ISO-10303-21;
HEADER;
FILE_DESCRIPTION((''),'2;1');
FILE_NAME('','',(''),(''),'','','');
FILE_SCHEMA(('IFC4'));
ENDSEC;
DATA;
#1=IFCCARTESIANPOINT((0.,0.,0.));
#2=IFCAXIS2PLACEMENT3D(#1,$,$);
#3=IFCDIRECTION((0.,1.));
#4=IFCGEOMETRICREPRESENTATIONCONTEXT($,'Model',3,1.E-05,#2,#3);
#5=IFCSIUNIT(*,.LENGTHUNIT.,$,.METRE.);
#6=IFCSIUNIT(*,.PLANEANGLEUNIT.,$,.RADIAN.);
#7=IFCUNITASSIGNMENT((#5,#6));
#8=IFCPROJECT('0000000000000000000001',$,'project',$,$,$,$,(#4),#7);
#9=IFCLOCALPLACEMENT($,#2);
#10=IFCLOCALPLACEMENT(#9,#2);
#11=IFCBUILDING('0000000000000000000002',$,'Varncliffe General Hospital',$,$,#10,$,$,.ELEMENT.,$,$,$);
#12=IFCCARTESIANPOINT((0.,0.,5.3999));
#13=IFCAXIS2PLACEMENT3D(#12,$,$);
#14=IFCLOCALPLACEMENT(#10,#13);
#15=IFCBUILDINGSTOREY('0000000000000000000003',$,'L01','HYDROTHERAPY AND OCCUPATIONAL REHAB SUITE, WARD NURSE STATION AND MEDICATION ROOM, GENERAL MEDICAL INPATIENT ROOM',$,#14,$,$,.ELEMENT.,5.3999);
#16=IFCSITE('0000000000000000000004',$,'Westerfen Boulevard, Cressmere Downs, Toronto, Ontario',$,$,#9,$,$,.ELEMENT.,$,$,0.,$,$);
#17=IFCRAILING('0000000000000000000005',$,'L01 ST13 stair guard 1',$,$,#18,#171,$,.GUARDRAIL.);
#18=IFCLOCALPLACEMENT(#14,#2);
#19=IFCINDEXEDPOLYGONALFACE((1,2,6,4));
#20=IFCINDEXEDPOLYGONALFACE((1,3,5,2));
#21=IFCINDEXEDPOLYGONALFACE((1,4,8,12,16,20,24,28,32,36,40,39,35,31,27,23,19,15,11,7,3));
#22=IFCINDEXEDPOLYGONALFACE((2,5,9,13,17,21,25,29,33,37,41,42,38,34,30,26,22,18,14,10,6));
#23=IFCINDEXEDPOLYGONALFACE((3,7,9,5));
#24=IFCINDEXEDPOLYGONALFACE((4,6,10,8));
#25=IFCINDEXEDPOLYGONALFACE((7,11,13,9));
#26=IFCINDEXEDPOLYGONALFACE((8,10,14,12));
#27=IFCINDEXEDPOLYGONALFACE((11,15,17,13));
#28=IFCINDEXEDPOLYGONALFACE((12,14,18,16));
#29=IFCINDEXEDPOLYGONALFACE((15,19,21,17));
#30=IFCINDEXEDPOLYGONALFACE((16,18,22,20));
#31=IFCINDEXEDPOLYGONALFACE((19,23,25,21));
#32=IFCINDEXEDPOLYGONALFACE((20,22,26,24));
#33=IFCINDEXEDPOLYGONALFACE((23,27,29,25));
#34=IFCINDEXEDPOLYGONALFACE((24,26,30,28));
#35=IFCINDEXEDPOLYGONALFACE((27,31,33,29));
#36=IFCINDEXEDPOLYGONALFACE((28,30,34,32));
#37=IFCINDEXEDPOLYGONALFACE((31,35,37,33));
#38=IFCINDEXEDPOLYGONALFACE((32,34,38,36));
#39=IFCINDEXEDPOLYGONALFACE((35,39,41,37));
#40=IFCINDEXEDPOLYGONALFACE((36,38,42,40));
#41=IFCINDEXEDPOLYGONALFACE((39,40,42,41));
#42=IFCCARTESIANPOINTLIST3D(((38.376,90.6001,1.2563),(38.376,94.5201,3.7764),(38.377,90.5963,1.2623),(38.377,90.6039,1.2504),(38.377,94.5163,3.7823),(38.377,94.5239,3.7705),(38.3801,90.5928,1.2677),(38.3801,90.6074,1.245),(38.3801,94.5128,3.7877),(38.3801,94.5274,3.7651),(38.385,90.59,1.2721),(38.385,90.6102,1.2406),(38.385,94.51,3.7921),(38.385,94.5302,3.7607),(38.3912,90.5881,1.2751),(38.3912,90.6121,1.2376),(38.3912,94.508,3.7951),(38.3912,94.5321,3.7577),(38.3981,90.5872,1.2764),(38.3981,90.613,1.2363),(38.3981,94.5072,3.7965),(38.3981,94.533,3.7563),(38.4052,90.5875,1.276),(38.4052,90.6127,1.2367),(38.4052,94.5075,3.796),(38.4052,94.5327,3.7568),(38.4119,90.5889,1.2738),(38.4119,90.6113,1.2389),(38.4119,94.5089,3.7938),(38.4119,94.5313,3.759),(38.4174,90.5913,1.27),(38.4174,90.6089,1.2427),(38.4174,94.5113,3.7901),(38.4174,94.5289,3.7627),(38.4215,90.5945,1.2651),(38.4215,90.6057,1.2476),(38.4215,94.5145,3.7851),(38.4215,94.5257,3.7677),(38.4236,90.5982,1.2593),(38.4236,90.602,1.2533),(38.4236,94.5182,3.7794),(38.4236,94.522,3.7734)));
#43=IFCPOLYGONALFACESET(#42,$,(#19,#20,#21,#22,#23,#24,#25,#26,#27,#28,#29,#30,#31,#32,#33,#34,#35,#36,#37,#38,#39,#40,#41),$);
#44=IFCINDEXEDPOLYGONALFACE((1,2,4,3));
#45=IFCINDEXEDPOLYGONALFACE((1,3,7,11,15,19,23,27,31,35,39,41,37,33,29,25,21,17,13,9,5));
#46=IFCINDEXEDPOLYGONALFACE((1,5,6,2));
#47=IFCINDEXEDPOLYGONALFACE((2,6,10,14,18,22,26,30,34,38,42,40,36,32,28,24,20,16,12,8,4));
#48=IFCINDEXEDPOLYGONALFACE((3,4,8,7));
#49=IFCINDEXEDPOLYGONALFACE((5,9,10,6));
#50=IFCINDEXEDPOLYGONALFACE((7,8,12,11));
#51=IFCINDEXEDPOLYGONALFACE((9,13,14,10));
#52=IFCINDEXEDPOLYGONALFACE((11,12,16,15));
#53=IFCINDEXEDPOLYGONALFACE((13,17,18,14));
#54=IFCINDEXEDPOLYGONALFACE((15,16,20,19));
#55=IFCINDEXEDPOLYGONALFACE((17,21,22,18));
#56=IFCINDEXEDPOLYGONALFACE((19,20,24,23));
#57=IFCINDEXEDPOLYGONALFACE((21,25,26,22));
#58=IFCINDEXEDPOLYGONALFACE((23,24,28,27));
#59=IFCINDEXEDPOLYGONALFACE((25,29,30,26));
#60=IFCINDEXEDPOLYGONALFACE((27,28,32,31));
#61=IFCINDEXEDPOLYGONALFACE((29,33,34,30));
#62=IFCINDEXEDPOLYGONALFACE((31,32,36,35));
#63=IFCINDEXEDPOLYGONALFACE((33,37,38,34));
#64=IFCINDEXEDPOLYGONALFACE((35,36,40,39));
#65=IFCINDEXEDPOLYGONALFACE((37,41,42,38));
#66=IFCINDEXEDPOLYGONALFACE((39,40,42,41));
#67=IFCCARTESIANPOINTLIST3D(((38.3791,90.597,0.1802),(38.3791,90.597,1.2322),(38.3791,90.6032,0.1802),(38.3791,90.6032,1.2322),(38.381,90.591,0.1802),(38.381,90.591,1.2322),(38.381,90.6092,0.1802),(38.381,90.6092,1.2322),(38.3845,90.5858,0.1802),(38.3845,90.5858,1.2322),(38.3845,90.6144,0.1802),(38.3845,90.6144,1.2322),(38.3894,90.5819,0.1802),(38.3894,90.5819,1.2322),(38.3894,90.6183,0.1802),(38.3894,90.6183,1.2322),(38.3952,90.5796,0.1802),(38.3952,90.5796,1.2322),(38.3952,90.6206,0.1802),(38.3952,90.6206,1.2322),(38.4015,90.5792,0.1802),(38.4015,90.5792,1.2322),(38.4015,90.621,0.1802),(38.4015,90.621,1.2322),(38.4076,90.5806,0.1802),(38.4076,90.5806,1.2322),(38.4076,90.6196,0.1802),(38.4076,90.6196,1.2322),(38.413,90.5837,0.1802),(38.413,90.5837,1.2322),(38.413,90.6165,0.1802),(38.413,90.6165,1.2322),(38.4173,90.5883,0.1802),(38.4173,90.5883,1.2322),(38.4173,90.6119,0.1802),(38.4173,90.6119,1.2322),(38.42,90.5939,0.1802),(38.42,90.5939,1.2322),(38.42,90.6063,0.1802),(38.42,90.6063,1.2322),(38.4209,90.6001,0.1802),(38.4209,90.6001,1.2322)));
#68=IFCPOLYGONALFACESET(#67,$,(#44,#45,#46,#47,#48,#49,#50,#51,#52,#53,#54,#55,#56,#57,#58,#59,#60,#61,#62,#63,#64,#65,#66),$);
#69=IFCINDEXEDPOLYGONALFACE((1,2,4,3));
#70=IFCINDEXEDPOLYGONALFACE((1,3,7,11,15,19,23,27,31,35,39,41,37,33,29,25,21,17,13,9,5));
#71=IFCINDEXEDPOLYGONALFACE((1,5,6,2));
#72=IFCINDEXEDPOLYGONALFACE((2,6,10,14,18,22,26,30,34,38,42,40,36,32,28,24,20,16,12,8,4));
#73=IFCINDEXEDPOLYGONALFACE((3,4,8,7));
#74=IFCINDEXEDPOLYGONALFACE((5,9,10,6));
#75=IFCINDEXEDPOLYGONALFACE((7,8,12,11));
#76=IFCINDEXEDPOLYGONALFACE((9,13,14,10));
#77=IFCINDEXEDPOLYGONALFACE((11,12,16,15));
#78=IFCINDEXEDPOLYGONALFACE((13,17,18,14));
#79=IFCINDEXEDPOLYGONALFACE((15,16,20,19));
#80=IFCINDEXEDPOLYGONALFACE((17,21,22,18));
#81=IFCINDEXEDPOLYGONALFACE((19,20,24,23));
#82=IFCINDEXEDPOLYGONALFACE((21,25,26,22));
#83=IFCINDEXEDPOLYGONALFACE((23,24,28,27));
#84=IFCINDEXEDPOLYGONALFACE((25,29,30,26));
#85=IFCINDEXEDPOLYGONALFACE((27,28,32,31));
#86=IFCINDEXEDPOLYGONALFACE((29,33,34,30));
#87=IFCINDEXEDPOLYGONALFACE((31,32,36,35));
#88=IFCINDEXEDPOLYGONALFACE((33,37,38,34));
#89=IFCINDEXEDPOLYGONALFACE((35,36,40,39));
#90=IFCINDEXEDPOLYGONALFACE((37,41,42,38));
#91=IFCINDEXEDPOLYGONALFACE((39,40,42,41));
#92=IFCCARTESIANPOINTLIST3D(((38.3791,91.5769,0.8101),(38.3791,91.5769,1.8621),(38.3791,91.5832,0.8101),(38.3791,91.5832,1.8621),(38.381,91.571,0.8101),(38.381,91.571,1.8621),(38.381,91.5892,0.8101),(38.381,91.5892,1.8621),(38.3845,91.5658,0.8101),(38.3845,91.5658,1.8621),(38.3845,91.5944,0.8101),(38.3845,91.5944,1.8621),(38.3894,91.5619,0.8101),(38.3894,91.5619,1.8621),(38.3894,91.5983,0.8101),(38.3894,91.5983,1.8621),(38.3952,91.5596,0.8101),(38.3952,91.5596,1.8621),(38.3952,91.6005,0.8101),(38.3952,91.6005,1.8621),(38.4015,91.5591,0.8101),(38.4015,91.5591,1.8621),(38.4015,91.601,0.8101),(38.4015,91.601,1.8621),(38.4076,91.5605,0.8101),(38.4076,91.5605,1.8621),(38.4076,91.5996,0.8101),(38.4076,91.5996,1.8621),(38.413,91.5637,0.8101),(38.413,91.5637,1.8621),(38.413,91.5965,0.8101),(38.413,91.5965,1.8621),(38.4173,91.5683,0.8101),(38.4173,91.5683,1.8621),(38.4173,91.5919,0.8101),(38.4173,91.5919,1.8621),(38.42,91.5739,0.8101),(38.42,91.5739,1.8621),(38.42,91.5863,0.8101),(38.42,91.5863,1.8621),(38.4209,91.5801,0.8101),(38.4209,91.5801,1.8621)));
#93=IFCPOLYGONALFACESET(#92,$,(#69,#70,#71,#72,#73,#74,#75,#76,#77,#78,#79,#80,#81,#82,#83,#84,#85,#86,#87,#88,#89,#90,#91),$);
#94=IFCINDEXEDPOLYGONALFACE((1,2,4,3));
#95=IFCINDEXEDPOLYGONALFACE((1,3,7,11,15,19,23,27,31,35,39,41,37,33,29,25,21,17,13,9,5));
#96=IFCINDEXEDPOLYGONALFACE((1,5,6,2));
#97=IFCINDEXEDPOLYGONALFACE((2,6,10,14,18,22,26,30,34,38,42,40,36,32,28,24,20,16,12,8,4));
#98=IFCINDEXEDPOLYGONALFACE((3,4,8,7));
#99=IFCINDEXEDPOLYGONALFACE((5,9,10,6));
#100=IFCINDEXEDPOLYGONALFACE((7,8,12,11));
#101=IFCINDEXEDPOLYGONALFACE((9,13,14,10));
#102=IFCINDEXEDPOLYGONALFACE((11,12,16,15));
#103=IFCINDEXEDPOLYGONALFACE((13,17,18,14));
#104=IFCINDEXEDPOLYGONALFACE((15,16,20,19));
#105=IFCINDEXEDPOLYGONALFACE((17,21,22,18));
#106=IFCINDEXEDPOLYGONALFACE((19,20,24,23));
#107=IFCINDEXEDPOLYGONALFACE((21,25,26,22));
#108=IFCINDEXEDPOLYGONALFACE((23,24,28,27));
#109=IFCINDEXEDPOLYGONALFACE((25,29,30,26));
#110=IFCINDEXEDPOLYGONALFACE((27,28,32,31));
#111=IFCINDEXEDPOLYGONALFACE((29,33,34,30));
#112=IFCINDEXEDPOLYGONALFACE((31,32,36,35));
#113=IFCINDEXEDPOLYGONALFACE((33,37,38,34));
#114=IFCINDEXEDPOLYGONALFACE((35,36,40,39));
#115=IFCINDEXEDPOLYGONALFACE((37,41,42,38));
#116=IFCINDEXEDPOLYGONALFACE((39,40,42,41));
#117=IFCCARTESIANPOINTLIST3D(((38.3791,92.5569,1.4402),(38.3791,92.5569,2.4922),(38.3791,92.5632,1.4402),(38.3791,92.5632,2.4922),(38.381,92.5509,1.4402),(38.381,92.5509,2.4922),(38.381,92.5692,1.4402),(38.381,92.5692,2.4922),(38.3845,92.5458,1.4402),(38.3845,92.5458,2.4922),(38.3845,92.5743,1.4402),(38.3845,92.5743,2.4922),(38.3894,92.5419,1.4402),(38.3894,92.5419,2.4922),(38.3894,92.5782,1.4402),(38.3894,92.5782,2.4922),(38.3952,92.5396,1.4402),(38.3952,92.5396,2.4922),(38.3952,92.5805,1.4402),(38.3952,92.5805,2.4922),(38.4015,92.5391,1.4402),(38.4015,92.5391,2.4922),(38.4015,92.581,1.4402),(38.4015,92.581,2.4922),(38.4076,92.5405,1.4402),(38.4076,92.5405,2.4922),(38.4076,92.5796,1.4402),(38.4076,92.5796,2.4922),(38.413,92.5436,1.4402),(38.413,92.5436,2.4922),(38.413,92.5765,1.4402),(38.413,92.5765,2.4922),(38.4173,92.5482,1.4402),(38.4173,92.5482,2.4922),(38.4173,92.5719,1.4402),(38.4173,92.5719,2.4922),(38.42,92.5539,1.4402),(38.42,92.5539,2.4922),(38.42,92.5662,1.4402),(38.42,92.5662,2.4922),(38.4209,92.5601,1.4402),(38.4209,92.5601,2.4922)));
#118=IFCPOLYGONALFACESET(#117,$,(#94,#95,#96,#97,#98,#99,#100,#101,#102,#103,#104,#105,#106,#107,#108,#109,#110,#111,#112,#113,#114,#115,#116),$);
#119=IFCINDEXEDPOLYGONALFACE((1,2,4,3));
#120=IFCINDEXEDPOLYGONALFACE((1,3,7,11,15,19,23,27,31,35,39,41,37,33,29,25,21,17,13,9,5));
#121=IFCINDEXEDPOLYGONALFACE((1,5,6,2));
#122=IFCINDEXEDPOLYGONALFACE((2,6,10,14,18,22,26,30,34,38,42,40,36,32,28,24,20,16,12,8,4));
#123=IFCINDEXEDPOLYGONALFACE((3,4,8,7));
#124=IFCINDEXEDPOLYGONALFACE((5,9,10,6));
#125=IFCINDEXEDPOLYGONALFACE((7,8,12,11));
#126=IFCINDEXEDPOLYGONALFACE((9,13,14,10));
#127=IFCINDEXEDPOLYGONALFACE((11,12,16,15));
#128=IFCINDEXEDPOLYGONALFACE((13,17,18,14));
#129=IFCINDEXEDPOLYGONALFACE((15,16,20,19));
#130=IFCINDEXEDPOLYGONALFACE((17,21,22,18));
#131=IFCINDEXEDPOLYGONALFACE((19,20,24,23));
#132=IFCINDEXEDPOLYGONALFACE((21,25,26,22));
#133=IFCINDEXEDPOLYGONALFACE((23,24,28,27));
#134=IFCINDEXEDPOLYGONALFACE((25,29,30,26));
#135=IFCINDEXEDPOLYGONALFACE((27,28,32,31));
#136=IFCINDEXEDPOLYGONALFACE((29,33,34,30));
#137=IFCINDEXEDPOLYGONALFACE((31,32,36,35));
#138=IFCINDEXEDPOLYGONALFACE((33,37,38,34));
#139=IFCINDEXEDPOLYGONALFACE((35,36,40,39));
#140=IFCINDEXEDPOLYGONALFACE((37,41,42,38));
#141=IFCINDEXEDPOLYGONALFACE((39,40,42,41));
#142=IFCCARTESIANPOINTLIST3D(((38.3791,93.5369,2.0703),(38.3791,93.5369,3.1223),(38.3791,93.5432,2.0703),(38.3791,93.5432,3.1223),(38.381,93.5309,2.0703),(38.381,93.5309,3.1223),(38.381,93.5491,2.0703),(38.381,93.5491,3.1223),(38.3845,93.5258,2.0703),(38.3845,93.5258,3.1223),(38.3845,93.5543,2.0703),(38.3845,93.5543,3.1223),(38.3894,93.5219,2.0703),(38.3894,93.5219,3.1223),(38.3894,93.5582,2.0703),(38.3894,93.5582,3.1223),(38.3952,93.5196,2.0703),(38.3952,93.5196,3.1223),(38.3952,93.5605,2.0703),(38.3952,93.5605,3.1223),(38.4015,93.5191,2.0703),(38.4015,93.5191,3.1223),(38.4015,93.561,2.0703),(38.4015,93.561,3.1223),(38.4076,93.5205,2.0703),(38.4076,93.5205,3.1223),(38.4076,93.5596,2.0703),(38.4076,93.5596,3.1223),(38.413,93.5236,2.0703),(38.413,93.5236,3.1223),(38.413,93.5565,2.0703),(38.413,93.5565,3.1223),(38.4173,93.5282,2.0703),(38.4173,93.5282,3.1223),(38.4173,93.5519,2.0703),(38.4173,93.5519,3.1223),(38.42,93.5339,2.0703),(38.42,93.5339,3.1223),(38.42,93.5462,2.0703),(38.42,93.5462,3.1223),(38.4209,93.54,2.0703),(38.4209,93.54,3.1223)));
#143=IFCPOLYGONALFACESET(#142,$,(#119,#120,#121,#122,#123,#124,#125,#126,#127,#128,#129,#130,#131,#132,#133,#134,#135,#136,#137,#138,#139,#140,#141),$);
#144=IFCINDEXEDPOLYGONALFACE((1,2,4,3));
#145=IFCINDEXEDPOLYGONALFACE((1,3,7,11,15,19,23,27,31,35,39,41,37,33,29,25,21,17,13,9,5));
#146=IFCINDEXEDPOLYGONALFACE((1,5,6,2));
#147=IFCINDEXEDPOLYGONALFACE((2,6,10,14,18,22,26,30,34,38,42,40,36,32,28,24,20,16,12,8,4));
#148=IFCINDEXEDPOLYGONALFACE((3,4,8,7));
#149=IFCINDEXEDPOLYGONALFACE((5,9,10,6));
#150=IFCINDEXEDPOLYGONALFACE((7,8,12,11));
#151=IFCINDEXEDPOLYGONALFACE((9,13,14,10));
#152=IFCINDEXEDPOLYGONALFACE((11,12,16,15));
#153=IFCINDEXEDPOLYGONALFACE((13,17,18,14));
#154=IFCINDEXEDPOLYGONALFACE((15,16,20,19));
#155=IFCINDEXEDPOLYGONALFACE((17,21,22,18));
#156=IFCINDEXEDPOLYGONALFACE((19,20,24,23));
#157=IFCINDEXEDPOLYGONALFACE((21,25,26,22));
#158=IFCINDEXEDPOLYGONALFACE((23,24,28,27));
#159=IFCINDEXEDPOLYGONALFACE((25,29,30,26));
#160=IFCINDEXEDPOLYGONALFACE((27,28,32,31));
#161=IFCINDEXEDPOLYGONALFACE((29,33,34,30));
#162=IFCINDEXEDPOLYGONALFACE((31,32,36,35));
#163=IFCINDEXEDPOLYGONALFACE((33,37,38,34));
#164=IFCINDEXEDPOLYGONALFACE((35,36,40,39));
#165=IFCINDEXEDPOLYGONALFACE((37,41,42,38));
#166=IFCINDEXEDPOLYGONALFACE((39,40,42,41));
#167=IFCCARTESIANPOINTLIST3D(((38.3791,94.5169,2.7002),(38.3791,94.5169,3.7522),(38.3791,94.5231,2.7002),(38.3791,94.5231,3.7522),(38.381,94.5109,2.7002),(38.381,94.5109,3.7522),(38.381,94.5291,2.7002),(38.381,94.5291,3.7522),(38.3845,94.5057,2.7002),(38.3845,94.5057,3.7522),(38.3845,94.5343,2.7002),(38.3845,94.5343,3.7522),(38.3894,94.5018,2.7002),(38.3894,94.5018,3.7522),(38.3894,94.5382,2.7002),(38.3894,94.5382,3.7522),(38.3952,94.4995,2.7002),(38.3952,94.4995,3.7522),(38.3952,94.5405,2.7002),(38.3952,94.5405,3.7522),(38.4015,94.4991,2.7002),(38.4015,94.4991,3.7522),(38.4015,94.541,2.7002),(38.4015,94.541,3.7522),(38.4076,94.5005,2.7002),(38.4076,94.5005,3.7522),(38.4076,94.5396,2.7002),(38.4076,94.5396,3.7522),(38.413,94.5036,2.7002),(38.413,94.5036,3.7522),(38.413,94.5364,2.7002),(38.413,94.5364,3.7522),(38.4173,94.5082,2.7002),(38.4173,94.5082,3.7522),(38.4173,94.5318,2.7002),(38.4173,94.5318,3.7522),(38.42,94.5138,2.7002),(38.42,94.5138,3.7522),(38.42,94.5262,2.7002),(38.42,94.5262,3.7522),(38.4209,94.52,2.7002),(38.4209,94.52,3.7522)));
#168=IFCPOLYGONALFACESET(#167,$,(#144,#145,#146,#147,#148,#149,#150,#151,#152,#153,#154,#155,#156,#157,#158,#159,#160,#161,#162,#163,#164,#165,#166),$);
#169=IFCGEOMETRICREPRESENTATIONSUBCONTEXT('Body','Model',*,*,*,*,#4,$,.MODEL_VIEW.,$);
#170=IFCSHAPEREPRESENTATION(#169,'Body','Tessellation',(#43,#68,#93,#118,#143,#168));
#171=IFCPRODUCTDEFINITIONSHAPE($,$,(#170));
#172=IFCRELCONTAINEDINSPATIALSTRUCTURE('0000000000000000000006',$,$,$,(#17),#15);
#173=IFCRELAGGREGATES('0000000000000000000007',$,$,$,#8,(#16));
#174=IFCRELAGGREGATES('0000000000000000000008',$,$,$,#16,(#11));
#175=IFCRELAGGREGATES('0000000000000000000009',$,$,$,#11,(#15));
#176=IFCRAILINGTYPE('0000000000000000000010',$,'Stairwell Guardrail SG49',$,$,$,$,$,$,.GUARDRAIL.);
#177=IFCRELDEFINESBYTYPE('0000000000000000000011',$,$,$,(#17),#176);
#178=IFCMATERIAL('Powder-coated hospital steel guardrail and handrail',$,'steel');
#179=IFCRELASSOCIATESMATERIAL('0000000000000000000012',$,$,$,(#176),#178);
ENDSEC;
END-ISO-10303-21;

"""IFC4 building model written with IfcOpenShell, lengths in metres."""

from ifc_helpers import new_model, si_unit, direction, frame, origin, origin_2d, place, context, subcontext, project, spatial, circle, extrude, material, type_object, element, save


model = new_model("IFC4")

# Units and contexts
model_context = context("Model", 3, precision=1e-05, world=origin(), true_north=direction((0.0, 1.0)))
body_context = subcontext(model_context, "Body", "Model", "MODEL_VIEW")
ifc_project = project(units=[si_unit("LENGTHUNIT", "METRE"), si_unit("PLANEANGLEUNIT", "RADIAN")], contexts=[model_context])

# Site, building, storey
site_placement = place(None, origin())
site = spatial("IfcSite", under=ifc_project, at=site_placement, Name="Westerfen Boulevard, Cressmere Downs, Toronto, Ontario", CompositionType="ELEMENT", RefElevation=0.0)
building_placement = place(site_placement, origin())
building = spatial("IfcBuilding", under=site, at=building_placement, Name="Varncliffe General Hospital", CompositionType="ELEMENT")
storey_placement = place(building_placement, frame((0.0, 0.0, 5.3999)))
storey = spatial("IfcBuildingStorey", under=building, at=storey_placement, Name="L01", Description="HYDROTHERAPY AND OCCUPATIONAL REHAB SUITE, WARD NURSE STATION AND MEDICATION ROOM, GENERAL MEDICAL INPATIENT ROOM", CompositionType="ELEMENT", Elevation=5.3999)

# Railing
ifc_material_1 = material(Name="Powder-coated hospital steel guardrail and handrail", Category="steel")
railing_type_1 = type_object("IfcRailingType", Name="Stairwell Guardrail SG49", PredefinedType="GUARDRAIL", material=ifc_material_1)
railing_1_placement = place(storey_placement, frame((38.3999, 90.6001, 0.1802)))
element("IfcRailing", 1, at=railing_1_placement, inside=storey, type_object=railing_type_1, Name="L01 ST13 stair guard 1", PredefinedType="GUARDRAIL", context=body_context, shape_type="SweptSolid", body=[
    extrude(circle(Radius=0.0239, at=origin_2d()), frame((0.0, 0.0, 1.0762), z_axis=(0.0, 0.841172, 0.540768), x_axis=(-1.0, 0.0, 0.0)), (0.0, 0.0, 1.0), 4.6602),
    extrude(circle(Radius=0.021, at=origin_2d()), origin(), (0.0, 0.0, 1.0), 1.052),
    extrude(circle(Radius=0.021, at=origin_2d()), frame((0.0, 0.98, 0.6299)), (0.0, 0.0, 1.0), 1.052),
    extrude(circle(Radius=0.021, at=origin_2d()), frame((0.0, 1.96, 1.26)), (0.0, 0.0, 1.0), 1.052),
    extrude(circle(Radius=0.021, at=origin_2d()), frame((0.0, 2.9399, 1.8901)), (0.0, 0.0, 1.0), 1.052),
    extrude(circle(Radius=0.021, at=origin_2d()), frame((0.0, 3.9199, 2.52)), (0.0, 0.0, 1.0), 1.052),
])

save(model, "model.ifc")
